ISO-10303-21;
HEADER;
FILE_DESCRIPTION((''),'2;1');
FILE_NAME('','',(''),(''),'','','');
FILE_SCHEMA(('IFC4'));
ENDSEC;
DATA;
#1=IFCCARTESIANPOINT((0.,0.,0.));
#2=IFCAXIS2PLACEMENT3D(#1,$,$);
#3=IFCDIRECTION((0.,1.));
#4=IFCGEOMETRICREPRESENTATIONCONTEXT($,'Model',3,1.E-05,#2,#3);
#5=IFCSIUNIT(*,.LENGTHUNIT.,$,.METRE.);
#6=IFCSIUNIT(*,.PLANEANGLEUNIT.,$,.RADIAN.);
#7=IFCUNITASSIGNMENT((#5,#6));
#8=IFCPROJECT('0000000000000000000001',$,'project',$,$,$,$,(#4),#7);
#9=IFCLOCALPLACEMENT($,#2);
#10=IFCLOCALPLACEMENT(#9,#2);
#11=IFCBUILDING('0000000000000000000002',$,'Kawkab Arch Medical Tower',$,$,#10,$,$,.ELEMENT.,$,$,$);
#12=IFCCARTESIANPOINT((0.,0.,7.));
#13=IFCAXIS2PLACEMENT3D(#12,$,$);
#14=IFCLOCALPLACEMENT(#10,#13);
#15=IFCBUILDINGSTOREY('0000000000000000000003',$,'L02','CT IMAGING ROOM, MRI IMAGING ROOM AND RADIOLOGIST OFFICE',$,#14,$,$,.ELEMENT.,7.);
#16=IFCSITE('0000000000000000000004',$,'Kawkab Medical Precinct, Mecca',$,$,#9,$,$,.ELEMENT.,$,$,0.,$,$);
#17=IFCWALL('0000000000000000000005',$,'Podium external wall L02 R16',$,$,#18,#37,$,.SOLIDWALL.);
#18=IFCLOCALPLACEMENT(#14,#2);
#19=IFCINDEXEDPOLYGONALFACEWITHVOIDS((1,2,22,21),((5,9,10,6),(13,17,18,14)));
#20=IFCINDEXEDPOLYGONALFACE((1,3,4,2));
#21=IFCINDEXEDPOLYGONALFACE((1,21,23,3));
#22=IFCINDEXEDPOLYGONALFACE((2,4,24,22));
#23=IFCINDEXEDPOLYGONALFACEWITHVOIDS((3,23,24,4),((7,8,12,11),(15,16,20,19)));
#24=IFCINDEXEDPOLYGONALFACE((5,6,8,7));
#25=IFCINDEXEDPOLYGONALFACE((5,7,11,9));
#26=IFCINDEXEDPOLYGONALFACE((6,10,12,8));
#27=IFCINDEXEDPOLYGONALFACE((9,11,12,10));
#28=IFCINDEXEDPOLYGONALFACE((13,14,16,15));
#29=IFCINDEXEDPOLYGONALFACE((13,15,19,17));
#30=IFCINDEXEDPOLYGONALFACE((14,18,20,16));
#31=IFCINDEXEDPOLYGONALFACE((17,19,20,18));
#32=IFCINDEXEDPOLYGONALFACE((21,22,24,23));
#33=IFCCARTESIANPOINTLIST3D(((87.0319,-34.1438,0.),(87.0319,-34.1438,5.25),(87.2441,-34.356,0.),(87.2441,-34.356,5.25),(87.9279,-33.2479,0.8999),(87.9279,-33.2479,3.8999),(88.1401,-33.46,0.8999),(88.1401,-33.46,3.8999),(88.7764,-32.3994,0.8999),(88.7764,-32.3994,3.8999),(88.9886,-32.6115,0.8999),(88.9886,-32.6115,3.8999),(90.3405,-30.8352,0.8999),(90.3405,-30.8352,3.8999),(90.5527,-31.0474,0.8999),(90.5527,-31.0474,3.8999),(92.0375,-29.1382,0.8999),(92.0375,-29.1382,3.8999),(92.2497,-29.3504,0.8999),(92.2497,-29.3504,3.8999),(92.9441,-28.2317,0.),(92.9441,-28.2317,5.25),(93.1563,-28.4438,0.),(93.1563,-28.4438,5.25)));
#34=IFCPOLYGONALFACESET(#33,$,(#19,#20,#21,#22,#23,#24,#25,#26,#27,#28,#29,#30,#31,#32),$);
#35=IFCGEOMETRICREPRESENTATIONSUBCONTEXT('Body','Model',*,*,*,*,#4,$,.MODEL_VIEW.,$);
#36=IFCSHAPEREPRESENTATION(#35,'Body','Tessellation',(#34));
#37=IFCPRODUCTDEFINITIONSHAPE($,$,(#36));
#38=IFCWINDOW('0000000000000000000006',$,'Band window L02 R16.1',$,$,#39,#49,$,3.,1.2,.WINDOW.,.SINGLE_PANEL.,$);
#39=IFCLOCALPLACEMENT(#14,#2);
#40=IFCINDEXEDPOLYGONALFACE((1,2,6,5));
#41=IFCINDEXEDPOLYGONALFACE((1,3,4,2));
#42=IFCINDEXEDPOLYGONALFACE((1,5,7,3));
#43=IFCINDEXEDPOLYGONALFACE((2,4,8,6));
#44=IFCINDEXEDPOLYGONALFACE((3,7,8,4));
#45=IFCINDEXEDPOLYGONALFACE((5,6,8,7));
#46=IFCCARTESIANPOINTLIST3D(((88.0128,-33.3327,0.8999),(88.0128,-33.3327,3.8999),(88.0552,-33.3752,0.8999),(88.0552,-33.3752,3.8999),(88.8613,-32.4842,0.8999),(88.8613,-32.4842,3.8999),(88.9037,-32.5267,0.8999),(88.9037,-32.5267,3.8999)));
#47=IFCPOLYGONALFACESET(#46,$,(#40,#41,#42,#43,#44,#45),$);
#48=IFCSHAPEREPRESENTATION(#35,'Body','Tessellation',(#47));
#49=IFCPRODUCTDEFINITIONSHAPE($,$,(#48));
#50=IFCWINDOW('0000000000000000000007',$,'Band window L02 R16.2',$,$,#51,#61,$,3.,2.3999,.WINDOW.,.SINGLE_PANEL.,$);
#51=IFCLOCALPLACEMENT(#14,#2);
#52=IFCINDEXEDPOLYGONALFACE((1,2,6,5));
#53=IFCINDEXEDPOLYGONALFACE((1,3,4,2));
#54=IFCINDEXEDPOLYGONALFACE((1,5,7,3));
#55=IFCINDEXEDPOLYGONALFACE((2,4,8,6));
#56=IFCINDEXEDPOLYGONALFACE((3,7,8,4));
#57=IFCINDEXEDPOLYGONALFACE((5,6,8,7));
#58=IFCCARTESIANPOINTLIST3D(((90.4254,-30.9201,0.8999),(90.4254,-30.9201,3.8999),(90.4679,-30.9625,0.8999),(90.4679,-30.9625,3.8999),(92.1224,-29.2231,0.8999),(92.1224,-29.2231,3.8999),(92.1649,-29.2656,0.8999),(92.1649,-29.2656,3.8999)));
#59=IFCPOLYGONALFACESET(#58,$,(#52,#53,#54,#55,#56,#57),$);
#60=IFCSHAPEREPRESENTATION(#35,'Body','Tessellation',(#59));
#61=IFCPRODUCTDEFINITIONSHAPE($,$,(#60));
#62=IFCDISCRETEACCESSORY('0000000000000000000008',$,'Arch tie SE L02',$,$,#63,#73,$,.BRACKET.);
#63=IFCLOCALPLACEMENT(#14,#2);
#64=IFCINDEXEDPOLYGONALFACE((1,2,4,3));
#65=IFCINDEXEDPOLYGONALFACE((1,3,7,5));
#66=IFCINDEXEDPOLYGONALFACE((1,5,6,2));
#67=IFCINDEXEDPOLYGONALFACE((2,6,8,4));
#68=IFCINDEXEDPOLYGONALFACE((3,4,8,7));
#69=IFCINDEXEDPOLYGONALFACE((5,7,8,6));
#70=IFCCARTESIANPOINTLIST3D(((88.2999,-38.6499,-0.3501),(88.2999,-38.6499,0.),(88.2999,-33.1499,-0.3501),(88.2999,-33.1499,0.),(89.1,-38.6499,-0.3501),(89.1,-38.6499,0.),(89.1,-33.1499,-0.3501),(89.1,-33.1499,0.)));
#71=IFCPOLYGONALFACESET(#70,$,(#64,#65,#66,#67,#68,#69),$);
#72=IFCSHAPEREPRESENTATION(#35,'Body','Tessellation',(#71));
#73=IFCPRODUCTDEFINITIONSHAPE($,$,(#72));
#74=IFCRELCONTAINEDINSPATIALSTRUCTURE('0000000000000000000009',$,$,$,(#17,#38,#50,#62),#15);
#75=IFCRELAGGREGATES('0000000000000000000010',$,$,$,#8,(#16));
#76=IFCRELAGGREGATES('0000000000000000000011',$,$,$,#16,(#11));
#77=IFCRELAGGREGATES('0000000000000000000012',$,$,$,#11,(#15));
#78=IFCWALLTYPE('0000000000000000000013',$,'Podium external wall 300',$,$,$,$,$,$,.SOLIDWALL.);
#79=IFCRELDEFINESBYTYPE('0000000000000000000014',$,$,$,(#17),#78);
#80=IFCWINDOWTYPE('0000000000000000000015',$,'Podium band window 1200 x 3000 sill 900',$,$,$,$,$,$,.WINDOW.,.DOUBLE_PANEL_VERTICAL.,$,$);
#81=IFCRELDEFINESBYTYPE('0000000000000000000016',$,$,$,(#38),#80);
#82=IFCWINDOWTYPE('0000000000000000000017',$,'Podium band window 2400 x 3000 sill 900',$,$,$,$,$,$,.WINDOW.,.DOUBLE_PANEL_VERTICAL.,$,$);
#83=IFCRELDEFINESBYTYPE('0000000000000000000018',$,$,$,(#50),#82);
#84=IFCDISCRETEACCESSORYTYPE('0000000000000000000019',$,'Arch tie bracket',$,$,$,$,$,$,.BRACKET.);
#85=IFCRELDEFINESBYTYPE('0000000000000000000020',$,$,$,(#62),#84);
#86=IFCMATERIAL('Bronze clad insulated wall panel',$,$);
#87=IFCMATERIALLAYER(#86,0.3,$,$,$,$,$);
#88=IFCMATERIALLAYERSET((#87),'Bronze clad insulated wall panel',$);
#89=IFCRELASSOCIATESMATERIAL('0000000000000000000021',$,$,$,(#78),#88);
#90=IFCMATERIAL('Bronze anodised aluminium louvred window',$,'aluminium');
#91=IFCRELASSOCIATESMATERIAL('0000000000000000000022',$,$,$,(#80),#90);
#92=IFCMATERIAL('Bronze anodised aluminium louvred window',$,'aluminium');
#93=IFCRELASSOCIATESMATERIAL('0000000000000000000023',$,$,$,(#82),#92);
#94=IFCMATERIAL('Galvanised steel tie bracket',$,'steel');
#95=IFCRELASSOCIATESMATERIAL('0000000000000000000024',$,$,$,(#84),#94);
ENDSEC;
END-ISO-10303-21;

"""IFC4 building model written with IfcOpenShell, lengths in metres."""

from ifc_helpers import new_model, si_unit, direction, frame, frame_2d, origin, origin_2d, place, context, subcontext, project, spatial, rectangle, extrude, material, layer, layer_set, type_object, element, fill, save


model = new_model("IFC4")

# Units and contexts
model_context = context("Model", 3, precision=1e-05, world=origin(), true_north=direction((0.0, 1.0)))
body_context = subcontext(model_context, "Body", "Model", "MODEL_VIEW")
ifc_project = project(units=[si_unit("LENGTHUNIT", "METRE"), si_unit("PLANEANGLEUNIT", "RADIAN")], contexts=[model_context])

# Site, building, storey
site_placement = place(None, origin())
site = spatial("IfcSite", under=ifc_project, at=site_placement, Name="Kawkab Medical Precinct, Mecca", CompositionType="ELEMENT", RefElevation=0.0)
building_placement = place(site_placement, origin())
building = spatial("IfcBuilding", under=site, at=building_placement, Name="Kawkab Arch Medical Tower", CompositionType="ELEMENT")
storey_placement = place(building_placement, frame((0.0, 0.0, 7.0)))
storey = spatial("IfcBuildingStorey", under=building, at=storey_placement, Name="L02", Description="CT IMAGING ROOM, MRI IMAGING ROOM AND RADIOLOGIST OFFICE", CompositionType="ELEMENT", Elevation=7.0)

# Shared definitions
ifc_material_1 = material(Name="Bronze clad insulated wall panel")
ifc_layer_1 = layer(ifc_material_1, 0.3)
ifc_layer_set_1 = layer_set([ifc_layer_1], Name="Bronze clad insulated wall panel")
wall_type_1 = type_object("IfcWallType", Name="Podium external wall 300", PredefinedType="SOLIDWALL", material=ifc_layer_set_1)

# Wall, openings, windows
ifc_material_2 = material(Name="Bronze anodised aluminium louvred window", Category="aluminium")
window_type_1 = type_object("IfcWindowType", Name="Podium band window 1200 x 3000 sill 900", PartitioningType="DOUBLE_PANEL_VERTICAL", PredefinedType="WINDOW", material=ifc_material_2)
wall_1_placement = place(storey_placement, frame((87.1379, -34.25, 0.0), z_axis=(0.0, 0.0, 1.0), x_axis=(0.707107, 0.707107, 0.0)))
wall_1 = element("IfcWall", 1, at=wall_1_placement, inside=storey, type_object=wall_type_1, Name="Podium external wall L02 R16", PredefinedType="SOLIDWALL", context=body_context, shape_type="SweptSolid", body=[
    extrude(rectangle(XDim=8.3611, YDim=0.3, at=frame_2d((4.1807, 0.0))), origin(), (0.0, 0.0, 1.0), 5.25),
])
opening_1_placement = place(wall_1_placement, frame((1.2671, 0.0, 0.8999)))
opening_1 = element("IfcOpeningElement", 2, at=opening_1_placement, cuts=wall_1, PredefinedType="OPENING", context=body_context, shape_type="SweptSolid", body=[
    extrude(rectangle(XDim=1.2, YDim=3.0, at=frame_2d((0.6001, 1.5))), frame((0.0, 0.1599, 0.0), z_axis=(0.0, -1.0, 0.0), x_axis=(1.0, 0.0, 0.0)), (0.0, 0.0, 1.0), 0.3201),
])
opening_2_placement = place(wall_1_placement, frame((4.6792, 0.0, 0.8999)))
opening_2 = element("IfcOpeningElement", 3, at=opening_2_placement, cuts=wall_1, PredefinedType="OPENING", context=body_context, shape_type="SweptSolid", body=[
    extrude(rectangle(XDim=2.3999, YDim=3.0, at=frame_2d((1.2, 1.5))), frame((0.0, 0.1599, 0.0), z_axis=(0.0, -1.0, 0.0), x_axis=(1.0, 0.0, 0.0)), (0.0, 0.0, 1.0), 0.3201),
])
window_1_placement = place(opening_1_placement, origin())
window_1 = element("IfcWindow", 4, at=window_1_placement, inside=storey, type_object=window_type_1, Name="Band window L02 R16.1", OverallHeight=3.0, OverallWidth=1.2, PartitioningType="SINGLE_PANEL", PredefinedType="WINDOW", context=body_context, shape_type="SweptSolid", body=[
    extrude(rectangle(XDim=1.2, YDim=3.0, at=frame_2d((0.6001, 1.5))), frame((0.0, 0.03, 0.0), z_axis=(0.0, -1.0, 0.0), x_axis=(1.0, 0.0, 0.0)), (0.0, 0.0, 1.0), 0.0601),
])
fill(opening_1, window_1)
ifc_material_3 = material(Name="Bronze anodised aluminium louvred window", Category="aluminium")
window_type_2 = type_object("IfcWindowType", Name="Podium band window 2400 x 3000 sill 900", PartitioningType="DOUBLE_PANEL_VERTICAL", PredefinedType="WINDOW", material=ifc_material_3)
window_2_placement = place(opening_2_placement, origin())
window_2 = element("IfcWindow", 5, at=window_2_placement, inside=storey, type_object=window_type_2, Name="Band window L02 R16.2", OverallHeight=3.0, OverallWidth=2.3999, PartitioningType="SINGLE_PANEL", PredefinedType="WINDOW", context=body_context, shape_type="SweptSolid", body=[
    extrude(rectangle(XDim=2.3999, YDim=3.0, at=frame_2d((1.2, 1.5))), frame((0.0, 0.03, 0.0), z_axis=(0.0, -1.0, 0.0), x_axis=(1.0, 0.0, 0.0)), (0.0, 0.0, 1.0), 0.0601),
])
fill(opening_2, window_2)

# Discrete accessory
ifc_material_4 = material(Name="Galvanised steel tie bracket", Category="steel")
discrete_accessory_type = type_object("IfcDiscreteAccessoryType", Name="Arch tie bracket", PredefinedType="BRACKET", material=ifc_material_4)
discrete_accessory_placement = place(storey_placement, frame((88.7, -35.8999, -0.3501), z_axis=(0.0, 0.0, 1.0), x_axis=(1.0, 0.0, 0.0)))
element("IfcDiscreteAccessory", 6, at=discrete_accessory_placement, inside=storey, type_object=discrete_accessory_type, Name="Arch tie SE L02", PredefinedType="BRACKET", context=body_context, shape_type="SweptSolid", body=[
    extrude(rectangle(XDim=0.8, YDim=5.5, at=origin_2d()), origin(), (0.0, 0.0, 1.0), 0.3501),
])

save(model, "model.ifc")
